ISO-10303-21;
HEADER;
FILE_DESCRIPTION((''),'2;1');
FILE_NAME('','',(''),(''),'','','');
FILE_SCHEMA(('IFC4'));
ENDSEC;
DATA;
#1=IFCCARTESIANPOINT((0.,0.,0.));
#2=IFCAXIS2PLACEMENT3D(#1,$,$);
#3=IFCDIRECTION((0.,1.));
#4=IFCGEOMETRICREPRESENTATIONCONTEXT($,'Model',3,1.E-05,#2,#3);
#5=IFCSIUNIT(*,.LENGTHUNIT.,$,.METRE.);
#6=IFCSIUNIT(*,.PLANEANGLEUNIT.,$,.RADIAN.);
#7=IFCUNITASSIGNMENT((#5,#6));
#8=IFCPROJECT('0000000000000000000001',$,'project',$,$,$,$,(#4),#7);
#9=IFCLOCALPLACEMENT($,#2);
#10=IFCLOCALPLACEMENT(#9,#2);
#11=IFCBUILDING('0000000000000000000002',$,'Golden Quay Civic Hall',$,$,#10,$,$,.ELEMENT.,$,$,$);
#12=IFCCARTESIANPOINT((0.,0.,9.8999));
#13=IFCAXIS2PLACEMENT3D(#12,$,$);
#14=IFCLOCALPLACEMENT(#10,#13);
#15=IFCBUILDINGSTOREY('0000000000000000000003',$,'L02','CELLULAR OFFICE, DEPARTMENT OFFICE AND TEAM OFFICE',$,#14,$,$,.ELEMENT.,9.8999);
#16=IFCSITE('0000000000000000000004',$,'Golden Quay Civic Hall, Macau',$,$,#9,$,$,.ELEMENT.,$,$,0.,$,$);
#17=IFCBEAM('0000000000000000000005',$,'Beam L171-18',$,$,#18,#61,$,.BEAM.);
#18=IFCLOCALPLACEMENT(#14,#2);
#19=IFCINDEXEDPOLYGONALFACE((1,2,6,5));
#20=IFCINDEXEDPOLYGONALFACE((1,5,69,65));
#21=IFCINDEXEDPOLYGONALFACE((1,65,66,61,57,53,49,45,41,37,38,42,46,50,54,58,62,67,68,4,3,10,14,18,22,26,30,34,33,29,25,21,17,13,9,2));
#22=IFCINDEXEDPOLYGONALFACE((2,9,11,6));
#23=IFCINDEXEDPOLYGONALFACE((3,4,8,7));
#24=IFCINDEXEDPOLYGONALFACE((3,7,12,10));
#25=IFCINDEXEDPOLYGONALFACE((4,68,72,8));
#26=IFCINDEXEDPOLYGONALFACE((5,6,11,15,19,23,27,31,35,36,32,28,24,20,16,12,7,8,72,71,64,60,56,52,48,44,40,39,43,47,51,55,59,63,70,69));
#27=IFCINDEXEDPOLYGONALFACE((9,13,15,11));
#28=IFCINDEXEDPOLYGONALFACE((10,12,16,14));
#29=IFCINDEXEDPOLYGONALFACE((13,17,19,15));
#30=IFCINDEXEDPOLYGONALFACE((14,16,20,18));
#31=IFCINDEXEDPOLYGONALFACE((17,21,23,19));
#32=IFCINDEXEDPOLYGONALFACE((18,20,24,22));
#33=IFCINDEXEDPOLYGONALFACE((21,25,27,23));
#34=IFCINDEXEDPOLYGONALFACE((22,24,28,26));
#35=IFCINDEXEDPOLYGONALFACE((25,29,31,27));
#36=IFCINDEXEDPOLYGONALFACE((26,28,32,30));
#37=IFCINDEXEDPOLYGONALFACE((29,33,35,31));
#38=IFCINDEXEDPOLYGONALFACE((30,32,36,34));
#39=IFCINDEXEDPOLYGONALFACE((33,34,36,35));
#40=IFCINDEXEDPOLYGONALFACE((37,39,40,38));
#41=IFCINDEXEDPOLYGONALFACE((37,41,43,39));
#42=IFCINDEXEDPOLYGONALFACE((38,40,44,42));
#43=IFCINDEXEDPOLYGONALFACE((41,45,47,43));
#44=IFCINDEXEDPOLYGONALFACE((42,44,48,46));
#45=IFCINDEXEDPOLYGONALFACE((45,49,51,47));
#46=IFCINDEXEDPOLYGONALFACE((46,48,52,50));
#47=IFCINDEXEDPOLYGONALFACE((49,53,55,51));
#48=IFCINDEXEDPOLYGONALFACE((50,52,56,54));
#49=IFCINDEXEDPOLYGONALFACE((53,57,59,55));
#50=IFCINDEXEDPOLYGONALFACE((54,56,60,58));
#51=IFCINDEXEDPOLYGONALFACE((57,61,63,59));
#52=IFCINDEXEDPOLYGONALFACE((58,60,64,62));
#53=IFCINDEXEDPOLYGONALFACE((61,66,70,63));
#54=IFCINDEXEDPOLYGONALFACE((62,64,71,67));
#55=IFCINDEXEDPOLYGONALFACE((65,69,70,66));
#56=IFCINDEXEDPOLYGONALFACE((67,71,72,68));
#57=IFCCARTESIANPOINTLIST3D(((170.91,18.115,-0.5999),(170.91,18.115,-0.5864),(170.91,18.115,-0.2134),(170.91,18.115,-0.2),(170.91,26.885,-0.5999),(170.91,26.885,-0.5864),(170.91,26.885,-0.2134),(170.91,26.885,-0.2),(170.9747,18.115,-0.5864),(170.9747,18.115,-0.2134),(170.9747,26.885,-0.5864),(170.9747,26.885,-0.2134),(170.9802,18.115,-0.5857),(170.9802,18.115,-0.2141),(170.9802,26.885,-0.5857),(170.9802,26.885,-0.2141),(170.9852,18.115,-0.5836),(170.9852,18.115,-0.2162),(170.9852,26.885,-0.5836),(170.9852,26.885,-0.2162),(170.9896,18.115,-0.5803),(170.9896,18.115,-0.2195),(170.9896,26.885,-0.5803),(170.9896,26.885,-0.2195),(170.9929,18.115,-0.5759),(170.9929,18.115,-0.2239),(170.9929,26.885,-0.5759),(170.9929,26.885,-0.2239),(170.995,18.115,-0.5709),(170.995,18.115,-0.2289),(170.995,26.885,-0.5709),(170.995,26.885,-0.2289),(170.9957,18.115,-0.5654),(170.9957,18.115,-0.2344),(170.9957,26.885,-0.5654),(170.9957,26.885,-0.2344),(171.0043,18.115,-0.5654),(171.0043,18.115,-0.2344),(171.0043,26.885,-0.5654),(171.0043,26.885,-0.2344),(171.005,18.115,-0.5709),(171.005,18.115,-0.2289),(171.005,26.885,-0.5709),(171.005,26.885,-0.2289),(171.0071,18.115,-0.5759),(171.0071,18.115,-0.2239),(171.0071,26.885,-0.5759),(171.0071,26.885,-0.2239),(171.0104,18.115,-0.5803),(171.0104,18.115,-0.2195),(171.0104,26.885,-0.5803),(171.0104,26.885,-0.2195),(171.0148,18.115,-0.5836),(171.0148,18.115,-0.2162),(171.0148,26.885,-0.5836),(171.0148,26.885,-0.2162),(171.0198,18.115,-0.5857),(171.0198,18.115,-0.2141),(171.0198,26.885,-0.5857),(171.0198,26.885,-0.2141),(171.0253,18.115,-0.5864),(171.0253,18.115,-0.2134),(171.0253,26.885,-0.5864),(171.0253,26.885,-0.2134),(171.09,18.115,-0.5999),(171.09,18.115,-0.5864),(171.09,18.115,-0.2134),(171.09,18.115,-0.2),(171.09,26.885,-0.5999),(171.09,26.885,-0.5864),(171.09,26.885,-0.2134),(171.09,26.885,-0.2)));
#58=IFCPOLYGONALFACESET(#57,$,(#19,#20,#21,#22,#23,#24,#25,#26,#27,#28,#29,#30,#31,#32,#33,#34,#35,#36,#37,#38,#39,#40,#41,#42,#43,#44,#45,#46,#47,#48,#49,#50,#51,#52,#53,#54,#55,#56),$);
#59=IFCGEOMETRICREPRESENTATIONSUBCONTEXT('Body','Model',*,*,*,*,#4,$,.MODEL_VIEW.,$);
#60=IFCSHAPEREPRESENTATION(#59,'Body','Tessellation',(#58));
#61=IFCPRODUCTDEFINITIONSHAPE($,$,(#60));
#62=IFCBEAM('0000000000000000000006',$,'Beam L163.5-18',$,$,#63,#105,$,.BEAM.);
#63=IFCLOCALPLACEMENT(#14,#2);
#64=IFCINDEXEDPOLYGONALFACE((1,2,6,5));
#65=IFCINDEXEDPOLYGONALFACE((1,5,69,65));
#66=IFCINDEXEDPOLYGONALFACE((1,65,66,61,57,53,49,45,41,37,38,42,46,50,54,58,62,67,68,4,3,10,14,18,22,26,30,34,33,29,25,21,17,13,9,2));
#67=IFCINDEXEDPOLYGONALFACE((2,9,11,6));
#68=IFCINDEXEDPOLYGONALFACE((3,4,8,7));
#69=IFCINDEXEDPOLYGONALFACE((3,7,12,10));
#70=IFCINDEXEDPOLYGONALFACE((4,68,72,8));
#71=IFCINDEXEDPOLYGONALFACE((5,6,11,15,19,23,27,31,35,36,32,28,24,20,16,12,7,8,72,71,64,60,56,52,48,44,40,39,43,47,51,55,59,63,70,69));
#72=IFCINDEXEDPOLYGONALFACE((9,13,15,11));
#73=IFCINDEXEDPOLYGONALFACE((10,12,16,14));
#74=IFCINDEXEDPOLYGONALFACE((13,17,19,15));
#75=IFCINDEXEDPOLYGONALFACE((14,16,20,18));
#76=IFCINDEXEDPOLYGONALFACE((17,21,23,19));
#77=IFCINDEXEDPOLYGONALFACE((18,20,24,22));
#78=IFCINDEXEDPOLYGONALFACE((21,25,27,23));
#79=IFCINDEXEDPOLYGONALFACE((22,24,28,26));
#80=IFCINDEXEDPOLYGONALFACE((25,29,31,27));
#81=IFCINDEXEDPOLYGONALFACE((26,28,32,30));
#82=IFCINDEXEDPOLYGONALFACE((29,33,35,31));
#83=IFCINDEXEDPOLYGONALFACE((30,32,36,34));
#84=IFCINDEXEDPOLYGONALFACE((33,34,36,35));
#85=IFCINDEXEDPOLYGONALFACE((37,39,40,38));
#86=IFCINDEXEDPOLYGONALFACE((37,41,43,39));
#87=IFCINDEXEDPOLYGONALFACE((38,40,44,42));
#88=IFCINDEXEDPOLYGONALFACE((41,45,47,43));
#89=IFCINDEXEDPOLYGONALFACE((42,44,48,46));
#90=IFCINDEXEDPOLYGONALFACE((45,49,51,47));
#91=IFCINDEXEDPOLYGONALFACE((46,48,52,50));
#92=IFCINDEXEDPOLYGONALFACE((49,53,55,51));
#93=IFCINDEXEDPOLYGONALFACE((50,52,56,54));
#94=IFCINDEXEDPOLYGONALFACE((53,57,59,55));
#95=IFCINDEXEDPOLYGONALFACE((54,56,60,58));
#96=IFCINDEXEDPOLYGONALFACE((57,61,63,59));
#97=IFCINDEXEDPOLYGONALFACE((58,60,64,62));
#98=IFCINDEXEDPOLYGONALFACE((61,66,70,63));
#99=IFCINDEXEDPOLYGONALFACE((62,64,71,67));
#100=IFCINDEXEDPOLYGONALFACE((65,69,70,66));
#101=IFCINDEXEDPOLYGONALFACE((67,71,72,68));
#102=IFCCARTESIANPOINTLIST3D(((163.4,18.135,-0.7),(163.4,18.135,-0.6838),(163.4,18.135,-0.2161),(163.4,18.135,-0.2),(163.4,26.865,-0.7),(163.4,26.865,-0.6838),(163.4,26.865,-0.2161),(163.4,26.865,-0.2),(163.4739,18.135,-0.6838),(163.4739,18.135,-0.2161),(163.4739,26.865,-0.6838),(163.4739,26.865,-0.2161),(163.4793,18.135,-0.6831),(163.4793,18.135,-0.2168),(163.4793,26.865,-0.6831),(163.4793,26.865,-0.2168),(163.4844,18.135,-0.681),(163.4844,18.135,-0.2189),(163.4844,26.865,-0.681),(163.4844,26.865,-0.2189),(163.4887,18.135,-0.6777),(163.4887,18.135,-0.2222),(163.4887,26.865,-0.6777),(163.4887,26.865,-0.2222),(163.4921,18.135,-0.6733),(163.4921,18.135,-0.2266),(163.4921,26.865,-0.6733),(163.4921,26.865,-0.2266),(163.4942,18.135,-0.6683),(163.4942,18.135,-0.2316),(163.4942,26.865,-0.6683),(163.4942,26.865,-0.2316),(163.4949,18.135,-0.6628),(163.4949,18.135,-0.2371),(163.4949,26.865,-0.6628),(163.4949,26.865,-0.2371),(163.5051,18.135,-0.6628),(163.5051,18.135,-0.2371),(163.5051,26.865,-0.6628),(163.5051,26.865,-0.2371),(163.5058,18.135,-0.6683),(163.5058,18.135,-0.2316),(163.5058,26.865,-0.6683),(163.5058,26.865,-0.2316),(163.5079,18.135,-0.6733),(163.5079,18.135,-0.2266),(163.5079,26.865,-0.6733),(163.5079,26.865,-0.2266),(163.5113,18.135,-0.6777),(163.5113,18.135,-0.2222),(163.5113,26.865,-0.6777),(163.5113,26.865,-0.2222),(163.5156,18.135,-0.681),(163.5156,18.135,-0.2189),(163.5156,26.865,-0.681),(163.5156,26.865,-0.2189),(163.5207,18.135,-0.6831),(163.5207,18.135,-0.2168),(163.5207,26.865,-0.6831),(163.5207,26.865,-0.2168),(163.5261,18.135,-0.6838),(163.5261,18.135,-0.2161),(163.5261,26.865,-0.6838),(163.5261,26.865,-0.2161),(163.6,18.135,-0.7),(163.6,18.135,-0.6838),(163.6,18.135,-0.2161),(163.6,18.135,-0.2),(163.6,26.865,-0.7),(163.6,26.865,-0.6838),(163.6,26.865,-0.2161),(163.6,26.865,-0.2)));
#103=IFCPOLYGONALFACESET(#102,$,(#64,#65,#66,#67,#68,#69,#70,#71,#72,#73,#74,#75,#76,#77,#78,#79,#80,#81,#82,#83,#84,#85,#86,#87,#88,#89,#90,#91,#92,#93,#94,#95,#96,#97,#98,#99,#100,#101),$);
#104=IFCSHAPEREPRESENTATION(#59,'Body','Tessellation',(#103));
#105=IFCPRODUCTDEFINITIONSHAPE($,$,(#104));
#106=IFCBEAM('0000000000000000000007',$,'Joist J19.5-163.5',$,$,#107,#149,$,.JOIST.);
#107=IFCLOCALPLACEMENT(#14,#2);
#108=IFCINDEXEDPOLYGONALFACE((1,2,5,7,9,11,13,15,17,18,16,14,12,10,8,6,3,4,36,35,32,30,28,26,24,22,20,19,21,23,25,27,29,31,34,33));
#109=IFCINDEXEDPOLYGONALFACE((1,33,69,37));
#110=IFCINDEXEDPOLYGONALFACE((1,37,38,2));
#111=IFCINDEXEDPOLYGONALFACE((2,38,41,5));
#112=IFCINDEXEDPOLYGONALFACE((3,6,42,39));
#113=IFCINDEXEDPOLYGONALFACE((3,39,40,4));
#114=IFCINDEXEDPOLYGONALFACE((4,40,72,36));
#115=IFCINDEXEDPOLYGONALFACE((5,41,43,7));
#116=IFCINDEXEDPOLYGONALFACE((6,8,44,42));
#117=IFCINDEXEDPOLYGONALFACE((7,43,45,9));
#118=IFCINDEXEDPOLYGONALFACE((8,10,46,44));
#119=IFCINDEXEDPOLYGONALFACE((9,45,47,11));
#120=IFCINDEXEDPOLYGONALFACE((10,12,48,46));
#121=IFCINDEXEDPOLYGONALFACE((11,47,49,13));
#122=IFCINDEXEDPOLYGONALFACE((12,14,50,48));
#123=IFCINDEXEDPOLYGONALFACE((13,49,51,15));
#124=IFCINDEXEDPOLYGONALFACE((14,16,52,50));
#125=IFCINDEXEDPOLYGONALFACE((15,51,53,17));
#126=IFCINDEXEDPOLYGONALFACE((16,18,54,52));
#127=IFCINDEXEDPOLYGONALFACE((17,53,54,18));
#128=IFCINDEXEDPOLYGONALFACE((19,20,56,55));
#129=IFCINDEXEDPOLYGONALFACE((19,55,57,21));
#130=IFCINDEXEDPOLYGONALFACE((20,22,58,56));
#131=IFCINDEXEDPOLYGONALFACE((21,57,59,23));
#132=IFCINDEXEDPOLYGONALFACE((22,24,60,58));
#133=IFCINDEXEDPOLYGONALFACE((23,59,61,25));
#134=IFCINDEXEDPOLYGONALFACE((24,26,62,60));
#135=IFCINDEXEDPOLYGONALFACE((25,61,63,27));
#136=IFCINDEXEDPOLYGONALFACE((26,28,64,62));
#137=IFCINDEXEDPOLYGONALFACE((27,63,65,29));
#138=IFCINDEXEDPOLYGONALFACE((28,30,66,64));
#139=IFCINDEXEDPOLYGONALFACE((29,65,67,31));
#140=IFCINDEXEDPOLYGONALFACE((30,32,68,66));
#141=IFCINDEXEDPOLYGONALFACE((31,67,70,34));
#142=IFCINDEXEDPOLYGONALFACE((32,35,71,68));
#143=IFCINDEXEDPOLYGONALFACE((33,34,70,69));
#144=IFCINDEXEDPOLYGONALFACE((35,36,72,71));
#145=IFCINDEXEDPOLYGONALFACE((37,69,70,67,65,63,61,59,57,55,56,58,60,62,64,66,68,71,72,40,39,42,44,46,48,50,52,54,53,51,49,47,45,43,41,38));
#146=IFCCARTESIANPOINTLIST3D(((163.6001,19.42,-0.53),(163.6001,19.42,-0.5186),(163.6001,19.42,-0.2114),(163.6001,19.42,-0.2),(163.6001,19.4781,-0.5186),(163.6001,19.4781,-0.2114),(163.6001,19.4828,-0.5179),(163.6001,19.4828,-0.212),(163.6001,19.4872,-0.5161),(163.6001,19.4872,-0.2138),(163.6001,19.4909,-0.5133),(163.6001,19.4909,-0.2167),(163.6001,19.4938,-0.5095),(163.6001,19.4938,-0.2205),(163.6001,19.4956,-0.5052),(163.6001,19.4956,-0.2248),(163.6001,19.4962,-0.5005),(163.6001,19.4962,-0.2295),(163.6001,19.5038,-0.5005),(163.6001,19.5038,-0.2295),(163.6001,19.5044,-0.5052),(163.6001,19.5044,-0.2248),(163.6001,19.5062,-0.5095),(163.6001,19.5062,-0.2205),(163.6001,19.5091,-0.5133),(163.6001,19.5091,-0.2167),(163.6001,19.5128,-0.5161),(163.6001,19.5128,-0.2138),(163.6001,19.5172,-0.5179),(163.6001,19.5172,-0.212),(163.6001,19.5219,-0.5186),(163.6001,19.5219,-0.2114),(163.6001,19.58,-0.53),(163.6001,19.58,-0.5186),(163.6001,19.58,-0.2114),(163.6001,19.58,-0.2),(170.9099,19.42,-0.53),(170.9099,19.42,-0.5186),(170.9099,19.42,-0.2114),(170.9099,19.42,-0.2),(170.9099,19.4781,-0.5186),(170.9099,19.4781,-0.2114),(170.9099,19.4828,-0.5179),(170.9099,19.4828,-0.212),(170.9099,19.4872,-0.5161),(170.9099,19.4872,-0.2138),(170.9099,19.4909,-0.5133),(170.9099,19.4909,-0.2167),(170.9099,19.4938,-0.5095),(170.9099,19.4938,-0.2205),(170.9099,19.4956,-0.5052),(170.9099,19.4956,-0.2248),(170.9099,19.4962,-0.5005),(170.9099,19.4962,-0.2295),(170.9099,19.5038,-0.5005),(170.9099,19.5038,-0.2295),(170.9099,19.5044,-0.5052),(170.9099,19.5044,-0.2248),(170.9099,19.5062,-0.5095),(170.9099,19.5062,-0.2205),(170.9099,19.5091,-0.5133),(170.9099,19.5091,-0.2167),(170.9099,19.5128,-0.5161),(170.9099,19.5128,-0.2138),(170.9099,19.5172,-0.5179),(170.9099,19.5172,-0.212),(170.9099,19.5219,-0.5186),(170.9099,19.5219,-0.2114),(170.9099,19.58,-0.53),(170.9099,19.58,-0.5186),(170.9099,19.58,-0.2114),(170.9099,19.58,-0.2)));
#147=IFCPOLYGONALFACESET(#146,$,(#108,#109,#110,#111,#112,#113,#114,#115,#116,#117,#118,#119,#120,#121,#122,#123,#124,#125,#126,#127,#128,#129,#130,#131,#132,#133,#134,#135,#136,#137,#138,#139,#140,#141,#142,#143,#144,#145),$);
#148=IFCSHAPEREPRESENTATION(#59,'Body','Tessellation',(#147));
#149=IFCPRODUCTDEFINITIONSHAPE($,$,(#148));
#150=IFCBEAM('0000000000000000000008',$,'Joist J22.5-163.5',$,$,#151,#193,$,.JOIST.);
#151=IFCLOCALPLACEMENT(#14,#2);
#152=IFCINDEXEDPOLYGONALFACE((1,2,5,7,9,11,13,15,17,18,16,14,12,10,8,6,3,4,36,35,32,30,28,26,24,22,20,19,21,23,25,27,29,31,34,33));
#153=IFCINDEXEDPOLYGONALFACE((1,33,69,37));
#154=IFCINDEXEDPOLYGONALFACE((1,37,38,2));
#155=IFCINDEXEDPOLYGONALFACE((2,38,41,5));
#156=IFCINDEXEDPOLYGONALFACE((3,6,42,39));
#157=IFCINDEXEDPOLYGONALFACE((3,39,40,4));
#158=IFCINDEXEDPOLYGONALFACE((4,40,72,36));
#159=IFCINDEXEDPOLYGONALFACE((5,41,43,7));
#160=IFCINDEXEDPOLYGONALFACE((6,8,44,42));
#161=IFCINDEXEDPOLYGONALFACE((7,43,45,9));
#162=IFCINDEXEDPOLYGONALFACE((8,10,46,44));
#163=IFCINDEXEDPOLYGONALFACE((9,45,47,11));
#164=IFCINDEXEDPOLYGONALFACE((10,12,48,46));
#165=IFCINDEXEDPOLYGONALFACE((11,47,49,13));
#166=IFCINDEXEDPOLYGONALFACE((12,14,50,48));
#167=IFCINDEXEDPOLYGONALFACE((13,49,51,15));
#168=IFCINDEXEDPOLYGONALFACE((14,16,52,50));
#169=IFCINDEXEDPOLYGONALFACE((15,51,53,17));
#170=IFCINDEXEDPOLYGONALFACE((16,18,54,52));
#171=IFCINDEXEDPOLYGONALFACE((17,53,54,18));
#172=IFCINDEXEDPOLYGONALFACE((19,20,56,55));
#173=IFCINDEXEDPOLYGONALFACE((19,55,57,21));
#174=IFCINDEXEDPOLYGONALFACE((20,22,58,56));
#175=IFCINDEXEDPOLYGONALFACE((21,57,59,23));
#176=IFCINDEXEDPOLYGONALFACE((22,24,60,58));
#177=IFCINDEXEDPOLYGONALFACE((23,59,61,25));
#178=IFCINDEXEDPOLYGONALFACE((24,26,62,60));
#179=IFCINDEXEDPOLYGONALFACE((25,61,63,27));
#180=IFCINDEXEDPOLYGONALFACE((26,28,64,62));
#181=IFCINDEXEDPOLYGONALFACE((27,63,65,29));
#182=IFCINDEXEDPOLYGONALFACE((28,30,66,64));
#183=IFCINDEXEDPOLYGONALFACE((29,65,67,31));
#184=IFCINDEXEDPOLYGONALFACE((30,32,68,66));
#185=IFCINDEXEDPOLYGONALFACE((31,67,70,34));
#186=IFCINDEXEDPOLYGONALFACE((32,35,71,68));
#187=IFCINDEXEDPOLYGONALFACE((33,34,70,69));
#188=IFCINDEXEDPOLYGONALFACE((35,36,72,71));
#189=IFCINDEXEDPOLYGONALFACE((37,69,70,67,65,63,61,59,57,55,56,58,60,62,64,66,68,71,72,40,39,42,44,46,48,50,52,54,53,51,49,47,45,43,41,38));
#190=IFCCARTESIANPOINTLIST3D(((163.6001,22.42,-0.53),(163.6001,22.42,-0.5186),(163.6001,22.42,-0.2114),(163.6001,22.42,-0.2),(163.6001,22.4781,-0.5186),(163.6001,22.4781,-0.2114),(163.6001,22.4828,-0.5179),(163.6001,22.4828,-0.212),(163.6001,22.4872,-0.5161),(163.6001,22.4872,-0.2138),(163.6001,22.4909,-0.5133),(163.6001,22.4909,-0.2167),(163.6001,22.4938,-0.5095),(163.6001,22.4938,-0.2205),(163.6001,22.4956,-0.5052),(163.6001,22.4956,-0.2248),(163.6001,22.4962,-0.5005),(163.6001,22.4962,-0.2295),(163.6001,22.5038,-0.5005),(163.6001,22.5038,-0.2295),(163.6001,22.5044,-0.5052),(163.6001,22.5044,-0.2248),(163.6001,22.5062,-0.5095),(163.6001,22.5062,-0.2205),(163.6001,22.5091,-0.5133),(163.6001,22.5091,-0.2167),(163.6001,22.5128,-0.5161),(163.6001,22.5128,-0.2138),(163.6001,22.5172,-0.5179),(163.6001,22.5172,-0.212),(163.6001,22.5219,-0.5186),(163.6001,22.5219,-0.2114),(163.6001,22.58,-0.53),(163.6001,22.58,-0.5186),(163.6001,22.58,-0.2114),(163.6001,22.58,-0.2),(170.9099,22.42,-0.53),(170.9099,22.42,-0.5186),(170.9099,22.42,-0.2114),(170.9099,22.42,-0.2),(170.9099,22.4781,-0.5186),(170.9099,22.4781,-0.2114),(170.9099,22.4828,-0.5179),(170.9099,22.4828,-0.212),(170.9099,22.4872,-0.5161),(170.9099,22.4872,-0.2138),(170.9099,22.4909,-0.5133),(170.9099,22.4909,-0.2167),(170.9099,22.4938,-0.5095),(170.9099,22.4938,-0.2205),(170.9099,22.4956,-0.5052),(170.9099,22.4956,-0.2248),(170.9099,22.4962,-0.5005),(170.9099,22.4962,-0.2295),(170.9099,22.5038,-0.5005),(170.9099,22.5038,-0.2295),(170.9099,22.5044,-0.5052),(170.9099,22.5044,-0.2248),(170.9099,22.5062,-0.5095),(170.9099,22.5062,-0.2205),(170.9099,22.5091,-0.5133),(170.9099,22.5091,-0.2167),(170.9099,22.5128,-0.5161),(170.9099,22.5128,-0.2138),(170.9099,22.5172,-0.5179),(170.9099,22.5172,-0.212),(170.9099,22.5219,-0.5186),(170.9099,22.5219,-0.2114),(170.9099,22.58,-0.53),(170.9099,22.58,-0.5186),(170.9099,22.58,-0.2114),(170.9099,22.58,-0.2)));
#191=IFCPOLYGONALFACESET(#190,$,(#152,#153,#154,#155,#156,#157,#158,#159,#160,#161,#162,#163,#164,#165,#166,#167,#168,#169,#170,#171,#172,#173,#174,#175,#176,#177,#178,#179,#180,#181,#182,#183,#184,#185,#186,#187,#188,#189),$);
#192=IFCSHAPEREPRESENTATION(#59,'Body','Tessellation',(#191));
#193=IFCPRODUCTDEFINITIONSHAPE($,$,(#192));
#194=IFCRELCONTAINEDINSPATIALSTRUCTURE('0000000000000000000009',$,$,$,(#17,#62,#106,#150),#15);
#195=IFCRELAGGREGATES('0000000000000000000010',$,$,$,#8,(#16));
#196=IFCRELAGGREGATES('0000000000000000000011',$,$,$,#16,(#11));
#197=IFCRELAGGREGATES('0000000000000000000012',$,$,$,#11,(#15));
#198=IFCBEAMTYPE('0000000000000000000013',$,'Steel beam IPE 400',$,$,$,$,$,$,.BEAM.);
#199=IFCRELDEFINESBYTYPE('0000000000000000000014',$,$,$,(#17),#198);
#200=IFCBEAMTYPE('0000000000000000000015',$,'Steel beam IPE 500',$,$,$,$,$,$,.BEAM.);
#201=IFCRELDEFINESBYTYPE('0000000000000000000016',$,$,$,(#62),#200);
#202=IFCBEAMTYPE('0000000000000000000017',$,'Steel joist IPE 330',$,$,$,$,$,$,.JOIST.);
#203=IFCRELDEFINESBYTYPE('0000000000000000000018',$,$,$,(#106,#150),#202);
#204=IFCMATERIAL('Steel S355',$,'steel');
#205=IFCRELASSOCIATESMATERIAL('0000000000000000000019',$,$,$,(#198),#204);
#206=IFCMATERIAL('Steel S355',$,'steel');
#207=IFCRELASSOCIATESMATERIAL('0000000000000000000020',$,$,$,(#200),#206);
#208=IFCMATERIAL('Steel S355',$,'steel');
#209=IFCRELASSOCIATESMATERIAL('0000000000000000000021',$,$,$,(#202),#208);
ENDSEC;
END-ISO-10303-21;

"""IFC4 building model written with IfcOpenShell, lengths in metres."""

from ifc_helpers import new_model, si_unit, direction, frame, origin, origin_2d, place, context, subcontext, project, spatial, i_section, extrude, material, material_profile, profile_set, type_object, element, save


model = new_model("IFC4")

# Units and contexts
model_context = context("Model", 3, precision=1e-05, world=origin(), true_north=direction((0.0, 1.0)))
body_context = subcontext(model_context, "Body", "Model", "MODEL_VIEW")
ifc_project = project(units=[si_unit("LENGTHUNIT", "METRE"), si_unit("PLANEANGLEUNIT", "RADIAN")], contexts=[model_context])

# Site, building, storey
site_placement = place(None, origin())
site = spatial("IfcSite", under=ifc_project, at=site_placement, Name="Golden Quay Civic Hall, Macau", CompositionType="ELEMENT", RefElevation=0.0)
building_placement = place(site_placement, origin())
building = spatial("IfcBuilding", under=site, at=building_placement, Name="Golden Quay Civic Hall", CompositionType="ELEMENT")
storey_placement = place(building_placement, frame((0.0, 0.0, 9.8999)))
storey = spatial("IfcBuildingStorey", under=building, at=storey_placement, Name="L02", Description="CELLULAR OFFICE, DEPARTMENT OFFICE AND TEAM OFFICE", CompositionType="ELEMENT", Elevation=9.8999)

# Beams
ifc_material_1 = material(Name="Steel S355", Category="steel")
ifc_material_profile_1 = material_profile(ifc_material_1, i_section(OverallWidth=0.1799, OverallDepth=0.3999, WebThickness=0.0085, FlangeThickness=0.0134, FilletRadius=0.021, at=origin_2d()), Name="IPE 400")
ifc_profile_set_1 = profile_set([ifc_material_profile_1], Name="Steel S355")
beam_type_1 = type_object("IfcBeamType", Name="Steel beam IPE 400", PredefinedType="BEAM", material=ifc_profile_set_1)
beam_1_placement = place(storey_placement, frame((171.0, 18.115, -0.3999), z_axis=(0.0, 1.0, 0.0), x_axis=(-1.0, 0.0, 0.0)))
element("IfcBeam", 1, at=beam_1_placement, inside=storey, type_object=beam_type_1, Name="Beam L171-18", PredefinedType="BEAM", context=body_context, shape_type="SweptSolid", body=[
    extrude(i_section(OverallWidth=0.1799, OverallDepth=0.3999, WebThickness=0.0085, FlangeThickness=0.0134, FilletRadius=0.021, at=origin_2d()), origin(), (0.0, 0.0, 1.0), 8.77),
])
ifc_material_2 = material(Name="Steel S355", Category="steel")
ifc_material_profile_2 = material_profile(ifc_material_2, i_section(OverallWidth=0.2, OverallDepth=0.5, WebThickness=0.0103, FlangeThickness=0.0161, FilletRadius=0.021, at=origin_2d()), Name="IPE 500")
ifc_profile_set_2 = profile_set([ifc_material_profile_2], Name="Steel S355")
beam_type_2 = type_object("IfcBeamType", Name="Steel beam IPE 500", PredefinedType="BEAM", material=ifc_profile_set_2)
beam_2_placement = place(storey_placement, frame((163.5, 18.135, -0.45), z_axis=(0.0, 1.0, 0.0), x_axis=(-1.0, 0.0, 0.0)))
element("IfcBeam", 2, at=beam_2_placement, inside=storey, type_object=beam_type_2, Name="Beam L163.5-18", PredefinedType="BEAM", context=body_context, shape_type="SweptSolid", body=[
    extrude(i_section(OverallWidth=0.2, OverallDepth=0.5, WebThickness=0.0103, FlangeThickness=0.0161, FilletRadius=0.021, at=origin_2d()), origin(), (0.0, 0.0, 1.0), 8.73),
])
ifc_material_3 = material(Name="Steel S355", Category="steel")
ifc_material_profile_3 = material_profile(ifc_material_3, i_section(OverallWidth=0.1599, OverallDepth=0.3301, WebThickness=0.0076, FlangeThickness=0.0115, FilletRadius=0.0181, at=origin_2d()), Name="IPE 330")
ifc_profile_set_3 = profile_set([ifc_material_profile_3], Name="Steel S355")
beam_type_3 = type_object("IfcBeamType", Name="Steel joist IPE 330", PredefinedType="JOIST", material=ifc_profile_set_3)
for number, where, z_axis, x_axis, name in (
    (3, (163.6001, 19.5, -0.365), (1.0, 0.0, 0.0), (0.0, 1.0, 0.0), "Joist J19.5-163.5"),
    (4, (163.6001, 22.5, -0.365), (1.0, 0.0, 0.0), (0.0, 1.0, 0.0), "Joist J22.5-163.5"),
):
    element("IfcBeam", number, at=place(storey_placement, frame(where, z_axis=z_axis, x_axis=x_axis)), inside=storey, type_object=beam_type_3, Name=name, PredefinedType="JOIST", context=body_context, shape_type="SweptSolid", body=[
        extrude(i_section(OverallWidth=0.1599, OverallDepth=0.3301, WebThickness=0.0076, FlangeThickness=0.0115, FilletRadius=0.0181, at=origin_2d()), origin(), (0.0, 0.0, 1.0), 7.3098),
    ])

save(model, "model.ifc")
